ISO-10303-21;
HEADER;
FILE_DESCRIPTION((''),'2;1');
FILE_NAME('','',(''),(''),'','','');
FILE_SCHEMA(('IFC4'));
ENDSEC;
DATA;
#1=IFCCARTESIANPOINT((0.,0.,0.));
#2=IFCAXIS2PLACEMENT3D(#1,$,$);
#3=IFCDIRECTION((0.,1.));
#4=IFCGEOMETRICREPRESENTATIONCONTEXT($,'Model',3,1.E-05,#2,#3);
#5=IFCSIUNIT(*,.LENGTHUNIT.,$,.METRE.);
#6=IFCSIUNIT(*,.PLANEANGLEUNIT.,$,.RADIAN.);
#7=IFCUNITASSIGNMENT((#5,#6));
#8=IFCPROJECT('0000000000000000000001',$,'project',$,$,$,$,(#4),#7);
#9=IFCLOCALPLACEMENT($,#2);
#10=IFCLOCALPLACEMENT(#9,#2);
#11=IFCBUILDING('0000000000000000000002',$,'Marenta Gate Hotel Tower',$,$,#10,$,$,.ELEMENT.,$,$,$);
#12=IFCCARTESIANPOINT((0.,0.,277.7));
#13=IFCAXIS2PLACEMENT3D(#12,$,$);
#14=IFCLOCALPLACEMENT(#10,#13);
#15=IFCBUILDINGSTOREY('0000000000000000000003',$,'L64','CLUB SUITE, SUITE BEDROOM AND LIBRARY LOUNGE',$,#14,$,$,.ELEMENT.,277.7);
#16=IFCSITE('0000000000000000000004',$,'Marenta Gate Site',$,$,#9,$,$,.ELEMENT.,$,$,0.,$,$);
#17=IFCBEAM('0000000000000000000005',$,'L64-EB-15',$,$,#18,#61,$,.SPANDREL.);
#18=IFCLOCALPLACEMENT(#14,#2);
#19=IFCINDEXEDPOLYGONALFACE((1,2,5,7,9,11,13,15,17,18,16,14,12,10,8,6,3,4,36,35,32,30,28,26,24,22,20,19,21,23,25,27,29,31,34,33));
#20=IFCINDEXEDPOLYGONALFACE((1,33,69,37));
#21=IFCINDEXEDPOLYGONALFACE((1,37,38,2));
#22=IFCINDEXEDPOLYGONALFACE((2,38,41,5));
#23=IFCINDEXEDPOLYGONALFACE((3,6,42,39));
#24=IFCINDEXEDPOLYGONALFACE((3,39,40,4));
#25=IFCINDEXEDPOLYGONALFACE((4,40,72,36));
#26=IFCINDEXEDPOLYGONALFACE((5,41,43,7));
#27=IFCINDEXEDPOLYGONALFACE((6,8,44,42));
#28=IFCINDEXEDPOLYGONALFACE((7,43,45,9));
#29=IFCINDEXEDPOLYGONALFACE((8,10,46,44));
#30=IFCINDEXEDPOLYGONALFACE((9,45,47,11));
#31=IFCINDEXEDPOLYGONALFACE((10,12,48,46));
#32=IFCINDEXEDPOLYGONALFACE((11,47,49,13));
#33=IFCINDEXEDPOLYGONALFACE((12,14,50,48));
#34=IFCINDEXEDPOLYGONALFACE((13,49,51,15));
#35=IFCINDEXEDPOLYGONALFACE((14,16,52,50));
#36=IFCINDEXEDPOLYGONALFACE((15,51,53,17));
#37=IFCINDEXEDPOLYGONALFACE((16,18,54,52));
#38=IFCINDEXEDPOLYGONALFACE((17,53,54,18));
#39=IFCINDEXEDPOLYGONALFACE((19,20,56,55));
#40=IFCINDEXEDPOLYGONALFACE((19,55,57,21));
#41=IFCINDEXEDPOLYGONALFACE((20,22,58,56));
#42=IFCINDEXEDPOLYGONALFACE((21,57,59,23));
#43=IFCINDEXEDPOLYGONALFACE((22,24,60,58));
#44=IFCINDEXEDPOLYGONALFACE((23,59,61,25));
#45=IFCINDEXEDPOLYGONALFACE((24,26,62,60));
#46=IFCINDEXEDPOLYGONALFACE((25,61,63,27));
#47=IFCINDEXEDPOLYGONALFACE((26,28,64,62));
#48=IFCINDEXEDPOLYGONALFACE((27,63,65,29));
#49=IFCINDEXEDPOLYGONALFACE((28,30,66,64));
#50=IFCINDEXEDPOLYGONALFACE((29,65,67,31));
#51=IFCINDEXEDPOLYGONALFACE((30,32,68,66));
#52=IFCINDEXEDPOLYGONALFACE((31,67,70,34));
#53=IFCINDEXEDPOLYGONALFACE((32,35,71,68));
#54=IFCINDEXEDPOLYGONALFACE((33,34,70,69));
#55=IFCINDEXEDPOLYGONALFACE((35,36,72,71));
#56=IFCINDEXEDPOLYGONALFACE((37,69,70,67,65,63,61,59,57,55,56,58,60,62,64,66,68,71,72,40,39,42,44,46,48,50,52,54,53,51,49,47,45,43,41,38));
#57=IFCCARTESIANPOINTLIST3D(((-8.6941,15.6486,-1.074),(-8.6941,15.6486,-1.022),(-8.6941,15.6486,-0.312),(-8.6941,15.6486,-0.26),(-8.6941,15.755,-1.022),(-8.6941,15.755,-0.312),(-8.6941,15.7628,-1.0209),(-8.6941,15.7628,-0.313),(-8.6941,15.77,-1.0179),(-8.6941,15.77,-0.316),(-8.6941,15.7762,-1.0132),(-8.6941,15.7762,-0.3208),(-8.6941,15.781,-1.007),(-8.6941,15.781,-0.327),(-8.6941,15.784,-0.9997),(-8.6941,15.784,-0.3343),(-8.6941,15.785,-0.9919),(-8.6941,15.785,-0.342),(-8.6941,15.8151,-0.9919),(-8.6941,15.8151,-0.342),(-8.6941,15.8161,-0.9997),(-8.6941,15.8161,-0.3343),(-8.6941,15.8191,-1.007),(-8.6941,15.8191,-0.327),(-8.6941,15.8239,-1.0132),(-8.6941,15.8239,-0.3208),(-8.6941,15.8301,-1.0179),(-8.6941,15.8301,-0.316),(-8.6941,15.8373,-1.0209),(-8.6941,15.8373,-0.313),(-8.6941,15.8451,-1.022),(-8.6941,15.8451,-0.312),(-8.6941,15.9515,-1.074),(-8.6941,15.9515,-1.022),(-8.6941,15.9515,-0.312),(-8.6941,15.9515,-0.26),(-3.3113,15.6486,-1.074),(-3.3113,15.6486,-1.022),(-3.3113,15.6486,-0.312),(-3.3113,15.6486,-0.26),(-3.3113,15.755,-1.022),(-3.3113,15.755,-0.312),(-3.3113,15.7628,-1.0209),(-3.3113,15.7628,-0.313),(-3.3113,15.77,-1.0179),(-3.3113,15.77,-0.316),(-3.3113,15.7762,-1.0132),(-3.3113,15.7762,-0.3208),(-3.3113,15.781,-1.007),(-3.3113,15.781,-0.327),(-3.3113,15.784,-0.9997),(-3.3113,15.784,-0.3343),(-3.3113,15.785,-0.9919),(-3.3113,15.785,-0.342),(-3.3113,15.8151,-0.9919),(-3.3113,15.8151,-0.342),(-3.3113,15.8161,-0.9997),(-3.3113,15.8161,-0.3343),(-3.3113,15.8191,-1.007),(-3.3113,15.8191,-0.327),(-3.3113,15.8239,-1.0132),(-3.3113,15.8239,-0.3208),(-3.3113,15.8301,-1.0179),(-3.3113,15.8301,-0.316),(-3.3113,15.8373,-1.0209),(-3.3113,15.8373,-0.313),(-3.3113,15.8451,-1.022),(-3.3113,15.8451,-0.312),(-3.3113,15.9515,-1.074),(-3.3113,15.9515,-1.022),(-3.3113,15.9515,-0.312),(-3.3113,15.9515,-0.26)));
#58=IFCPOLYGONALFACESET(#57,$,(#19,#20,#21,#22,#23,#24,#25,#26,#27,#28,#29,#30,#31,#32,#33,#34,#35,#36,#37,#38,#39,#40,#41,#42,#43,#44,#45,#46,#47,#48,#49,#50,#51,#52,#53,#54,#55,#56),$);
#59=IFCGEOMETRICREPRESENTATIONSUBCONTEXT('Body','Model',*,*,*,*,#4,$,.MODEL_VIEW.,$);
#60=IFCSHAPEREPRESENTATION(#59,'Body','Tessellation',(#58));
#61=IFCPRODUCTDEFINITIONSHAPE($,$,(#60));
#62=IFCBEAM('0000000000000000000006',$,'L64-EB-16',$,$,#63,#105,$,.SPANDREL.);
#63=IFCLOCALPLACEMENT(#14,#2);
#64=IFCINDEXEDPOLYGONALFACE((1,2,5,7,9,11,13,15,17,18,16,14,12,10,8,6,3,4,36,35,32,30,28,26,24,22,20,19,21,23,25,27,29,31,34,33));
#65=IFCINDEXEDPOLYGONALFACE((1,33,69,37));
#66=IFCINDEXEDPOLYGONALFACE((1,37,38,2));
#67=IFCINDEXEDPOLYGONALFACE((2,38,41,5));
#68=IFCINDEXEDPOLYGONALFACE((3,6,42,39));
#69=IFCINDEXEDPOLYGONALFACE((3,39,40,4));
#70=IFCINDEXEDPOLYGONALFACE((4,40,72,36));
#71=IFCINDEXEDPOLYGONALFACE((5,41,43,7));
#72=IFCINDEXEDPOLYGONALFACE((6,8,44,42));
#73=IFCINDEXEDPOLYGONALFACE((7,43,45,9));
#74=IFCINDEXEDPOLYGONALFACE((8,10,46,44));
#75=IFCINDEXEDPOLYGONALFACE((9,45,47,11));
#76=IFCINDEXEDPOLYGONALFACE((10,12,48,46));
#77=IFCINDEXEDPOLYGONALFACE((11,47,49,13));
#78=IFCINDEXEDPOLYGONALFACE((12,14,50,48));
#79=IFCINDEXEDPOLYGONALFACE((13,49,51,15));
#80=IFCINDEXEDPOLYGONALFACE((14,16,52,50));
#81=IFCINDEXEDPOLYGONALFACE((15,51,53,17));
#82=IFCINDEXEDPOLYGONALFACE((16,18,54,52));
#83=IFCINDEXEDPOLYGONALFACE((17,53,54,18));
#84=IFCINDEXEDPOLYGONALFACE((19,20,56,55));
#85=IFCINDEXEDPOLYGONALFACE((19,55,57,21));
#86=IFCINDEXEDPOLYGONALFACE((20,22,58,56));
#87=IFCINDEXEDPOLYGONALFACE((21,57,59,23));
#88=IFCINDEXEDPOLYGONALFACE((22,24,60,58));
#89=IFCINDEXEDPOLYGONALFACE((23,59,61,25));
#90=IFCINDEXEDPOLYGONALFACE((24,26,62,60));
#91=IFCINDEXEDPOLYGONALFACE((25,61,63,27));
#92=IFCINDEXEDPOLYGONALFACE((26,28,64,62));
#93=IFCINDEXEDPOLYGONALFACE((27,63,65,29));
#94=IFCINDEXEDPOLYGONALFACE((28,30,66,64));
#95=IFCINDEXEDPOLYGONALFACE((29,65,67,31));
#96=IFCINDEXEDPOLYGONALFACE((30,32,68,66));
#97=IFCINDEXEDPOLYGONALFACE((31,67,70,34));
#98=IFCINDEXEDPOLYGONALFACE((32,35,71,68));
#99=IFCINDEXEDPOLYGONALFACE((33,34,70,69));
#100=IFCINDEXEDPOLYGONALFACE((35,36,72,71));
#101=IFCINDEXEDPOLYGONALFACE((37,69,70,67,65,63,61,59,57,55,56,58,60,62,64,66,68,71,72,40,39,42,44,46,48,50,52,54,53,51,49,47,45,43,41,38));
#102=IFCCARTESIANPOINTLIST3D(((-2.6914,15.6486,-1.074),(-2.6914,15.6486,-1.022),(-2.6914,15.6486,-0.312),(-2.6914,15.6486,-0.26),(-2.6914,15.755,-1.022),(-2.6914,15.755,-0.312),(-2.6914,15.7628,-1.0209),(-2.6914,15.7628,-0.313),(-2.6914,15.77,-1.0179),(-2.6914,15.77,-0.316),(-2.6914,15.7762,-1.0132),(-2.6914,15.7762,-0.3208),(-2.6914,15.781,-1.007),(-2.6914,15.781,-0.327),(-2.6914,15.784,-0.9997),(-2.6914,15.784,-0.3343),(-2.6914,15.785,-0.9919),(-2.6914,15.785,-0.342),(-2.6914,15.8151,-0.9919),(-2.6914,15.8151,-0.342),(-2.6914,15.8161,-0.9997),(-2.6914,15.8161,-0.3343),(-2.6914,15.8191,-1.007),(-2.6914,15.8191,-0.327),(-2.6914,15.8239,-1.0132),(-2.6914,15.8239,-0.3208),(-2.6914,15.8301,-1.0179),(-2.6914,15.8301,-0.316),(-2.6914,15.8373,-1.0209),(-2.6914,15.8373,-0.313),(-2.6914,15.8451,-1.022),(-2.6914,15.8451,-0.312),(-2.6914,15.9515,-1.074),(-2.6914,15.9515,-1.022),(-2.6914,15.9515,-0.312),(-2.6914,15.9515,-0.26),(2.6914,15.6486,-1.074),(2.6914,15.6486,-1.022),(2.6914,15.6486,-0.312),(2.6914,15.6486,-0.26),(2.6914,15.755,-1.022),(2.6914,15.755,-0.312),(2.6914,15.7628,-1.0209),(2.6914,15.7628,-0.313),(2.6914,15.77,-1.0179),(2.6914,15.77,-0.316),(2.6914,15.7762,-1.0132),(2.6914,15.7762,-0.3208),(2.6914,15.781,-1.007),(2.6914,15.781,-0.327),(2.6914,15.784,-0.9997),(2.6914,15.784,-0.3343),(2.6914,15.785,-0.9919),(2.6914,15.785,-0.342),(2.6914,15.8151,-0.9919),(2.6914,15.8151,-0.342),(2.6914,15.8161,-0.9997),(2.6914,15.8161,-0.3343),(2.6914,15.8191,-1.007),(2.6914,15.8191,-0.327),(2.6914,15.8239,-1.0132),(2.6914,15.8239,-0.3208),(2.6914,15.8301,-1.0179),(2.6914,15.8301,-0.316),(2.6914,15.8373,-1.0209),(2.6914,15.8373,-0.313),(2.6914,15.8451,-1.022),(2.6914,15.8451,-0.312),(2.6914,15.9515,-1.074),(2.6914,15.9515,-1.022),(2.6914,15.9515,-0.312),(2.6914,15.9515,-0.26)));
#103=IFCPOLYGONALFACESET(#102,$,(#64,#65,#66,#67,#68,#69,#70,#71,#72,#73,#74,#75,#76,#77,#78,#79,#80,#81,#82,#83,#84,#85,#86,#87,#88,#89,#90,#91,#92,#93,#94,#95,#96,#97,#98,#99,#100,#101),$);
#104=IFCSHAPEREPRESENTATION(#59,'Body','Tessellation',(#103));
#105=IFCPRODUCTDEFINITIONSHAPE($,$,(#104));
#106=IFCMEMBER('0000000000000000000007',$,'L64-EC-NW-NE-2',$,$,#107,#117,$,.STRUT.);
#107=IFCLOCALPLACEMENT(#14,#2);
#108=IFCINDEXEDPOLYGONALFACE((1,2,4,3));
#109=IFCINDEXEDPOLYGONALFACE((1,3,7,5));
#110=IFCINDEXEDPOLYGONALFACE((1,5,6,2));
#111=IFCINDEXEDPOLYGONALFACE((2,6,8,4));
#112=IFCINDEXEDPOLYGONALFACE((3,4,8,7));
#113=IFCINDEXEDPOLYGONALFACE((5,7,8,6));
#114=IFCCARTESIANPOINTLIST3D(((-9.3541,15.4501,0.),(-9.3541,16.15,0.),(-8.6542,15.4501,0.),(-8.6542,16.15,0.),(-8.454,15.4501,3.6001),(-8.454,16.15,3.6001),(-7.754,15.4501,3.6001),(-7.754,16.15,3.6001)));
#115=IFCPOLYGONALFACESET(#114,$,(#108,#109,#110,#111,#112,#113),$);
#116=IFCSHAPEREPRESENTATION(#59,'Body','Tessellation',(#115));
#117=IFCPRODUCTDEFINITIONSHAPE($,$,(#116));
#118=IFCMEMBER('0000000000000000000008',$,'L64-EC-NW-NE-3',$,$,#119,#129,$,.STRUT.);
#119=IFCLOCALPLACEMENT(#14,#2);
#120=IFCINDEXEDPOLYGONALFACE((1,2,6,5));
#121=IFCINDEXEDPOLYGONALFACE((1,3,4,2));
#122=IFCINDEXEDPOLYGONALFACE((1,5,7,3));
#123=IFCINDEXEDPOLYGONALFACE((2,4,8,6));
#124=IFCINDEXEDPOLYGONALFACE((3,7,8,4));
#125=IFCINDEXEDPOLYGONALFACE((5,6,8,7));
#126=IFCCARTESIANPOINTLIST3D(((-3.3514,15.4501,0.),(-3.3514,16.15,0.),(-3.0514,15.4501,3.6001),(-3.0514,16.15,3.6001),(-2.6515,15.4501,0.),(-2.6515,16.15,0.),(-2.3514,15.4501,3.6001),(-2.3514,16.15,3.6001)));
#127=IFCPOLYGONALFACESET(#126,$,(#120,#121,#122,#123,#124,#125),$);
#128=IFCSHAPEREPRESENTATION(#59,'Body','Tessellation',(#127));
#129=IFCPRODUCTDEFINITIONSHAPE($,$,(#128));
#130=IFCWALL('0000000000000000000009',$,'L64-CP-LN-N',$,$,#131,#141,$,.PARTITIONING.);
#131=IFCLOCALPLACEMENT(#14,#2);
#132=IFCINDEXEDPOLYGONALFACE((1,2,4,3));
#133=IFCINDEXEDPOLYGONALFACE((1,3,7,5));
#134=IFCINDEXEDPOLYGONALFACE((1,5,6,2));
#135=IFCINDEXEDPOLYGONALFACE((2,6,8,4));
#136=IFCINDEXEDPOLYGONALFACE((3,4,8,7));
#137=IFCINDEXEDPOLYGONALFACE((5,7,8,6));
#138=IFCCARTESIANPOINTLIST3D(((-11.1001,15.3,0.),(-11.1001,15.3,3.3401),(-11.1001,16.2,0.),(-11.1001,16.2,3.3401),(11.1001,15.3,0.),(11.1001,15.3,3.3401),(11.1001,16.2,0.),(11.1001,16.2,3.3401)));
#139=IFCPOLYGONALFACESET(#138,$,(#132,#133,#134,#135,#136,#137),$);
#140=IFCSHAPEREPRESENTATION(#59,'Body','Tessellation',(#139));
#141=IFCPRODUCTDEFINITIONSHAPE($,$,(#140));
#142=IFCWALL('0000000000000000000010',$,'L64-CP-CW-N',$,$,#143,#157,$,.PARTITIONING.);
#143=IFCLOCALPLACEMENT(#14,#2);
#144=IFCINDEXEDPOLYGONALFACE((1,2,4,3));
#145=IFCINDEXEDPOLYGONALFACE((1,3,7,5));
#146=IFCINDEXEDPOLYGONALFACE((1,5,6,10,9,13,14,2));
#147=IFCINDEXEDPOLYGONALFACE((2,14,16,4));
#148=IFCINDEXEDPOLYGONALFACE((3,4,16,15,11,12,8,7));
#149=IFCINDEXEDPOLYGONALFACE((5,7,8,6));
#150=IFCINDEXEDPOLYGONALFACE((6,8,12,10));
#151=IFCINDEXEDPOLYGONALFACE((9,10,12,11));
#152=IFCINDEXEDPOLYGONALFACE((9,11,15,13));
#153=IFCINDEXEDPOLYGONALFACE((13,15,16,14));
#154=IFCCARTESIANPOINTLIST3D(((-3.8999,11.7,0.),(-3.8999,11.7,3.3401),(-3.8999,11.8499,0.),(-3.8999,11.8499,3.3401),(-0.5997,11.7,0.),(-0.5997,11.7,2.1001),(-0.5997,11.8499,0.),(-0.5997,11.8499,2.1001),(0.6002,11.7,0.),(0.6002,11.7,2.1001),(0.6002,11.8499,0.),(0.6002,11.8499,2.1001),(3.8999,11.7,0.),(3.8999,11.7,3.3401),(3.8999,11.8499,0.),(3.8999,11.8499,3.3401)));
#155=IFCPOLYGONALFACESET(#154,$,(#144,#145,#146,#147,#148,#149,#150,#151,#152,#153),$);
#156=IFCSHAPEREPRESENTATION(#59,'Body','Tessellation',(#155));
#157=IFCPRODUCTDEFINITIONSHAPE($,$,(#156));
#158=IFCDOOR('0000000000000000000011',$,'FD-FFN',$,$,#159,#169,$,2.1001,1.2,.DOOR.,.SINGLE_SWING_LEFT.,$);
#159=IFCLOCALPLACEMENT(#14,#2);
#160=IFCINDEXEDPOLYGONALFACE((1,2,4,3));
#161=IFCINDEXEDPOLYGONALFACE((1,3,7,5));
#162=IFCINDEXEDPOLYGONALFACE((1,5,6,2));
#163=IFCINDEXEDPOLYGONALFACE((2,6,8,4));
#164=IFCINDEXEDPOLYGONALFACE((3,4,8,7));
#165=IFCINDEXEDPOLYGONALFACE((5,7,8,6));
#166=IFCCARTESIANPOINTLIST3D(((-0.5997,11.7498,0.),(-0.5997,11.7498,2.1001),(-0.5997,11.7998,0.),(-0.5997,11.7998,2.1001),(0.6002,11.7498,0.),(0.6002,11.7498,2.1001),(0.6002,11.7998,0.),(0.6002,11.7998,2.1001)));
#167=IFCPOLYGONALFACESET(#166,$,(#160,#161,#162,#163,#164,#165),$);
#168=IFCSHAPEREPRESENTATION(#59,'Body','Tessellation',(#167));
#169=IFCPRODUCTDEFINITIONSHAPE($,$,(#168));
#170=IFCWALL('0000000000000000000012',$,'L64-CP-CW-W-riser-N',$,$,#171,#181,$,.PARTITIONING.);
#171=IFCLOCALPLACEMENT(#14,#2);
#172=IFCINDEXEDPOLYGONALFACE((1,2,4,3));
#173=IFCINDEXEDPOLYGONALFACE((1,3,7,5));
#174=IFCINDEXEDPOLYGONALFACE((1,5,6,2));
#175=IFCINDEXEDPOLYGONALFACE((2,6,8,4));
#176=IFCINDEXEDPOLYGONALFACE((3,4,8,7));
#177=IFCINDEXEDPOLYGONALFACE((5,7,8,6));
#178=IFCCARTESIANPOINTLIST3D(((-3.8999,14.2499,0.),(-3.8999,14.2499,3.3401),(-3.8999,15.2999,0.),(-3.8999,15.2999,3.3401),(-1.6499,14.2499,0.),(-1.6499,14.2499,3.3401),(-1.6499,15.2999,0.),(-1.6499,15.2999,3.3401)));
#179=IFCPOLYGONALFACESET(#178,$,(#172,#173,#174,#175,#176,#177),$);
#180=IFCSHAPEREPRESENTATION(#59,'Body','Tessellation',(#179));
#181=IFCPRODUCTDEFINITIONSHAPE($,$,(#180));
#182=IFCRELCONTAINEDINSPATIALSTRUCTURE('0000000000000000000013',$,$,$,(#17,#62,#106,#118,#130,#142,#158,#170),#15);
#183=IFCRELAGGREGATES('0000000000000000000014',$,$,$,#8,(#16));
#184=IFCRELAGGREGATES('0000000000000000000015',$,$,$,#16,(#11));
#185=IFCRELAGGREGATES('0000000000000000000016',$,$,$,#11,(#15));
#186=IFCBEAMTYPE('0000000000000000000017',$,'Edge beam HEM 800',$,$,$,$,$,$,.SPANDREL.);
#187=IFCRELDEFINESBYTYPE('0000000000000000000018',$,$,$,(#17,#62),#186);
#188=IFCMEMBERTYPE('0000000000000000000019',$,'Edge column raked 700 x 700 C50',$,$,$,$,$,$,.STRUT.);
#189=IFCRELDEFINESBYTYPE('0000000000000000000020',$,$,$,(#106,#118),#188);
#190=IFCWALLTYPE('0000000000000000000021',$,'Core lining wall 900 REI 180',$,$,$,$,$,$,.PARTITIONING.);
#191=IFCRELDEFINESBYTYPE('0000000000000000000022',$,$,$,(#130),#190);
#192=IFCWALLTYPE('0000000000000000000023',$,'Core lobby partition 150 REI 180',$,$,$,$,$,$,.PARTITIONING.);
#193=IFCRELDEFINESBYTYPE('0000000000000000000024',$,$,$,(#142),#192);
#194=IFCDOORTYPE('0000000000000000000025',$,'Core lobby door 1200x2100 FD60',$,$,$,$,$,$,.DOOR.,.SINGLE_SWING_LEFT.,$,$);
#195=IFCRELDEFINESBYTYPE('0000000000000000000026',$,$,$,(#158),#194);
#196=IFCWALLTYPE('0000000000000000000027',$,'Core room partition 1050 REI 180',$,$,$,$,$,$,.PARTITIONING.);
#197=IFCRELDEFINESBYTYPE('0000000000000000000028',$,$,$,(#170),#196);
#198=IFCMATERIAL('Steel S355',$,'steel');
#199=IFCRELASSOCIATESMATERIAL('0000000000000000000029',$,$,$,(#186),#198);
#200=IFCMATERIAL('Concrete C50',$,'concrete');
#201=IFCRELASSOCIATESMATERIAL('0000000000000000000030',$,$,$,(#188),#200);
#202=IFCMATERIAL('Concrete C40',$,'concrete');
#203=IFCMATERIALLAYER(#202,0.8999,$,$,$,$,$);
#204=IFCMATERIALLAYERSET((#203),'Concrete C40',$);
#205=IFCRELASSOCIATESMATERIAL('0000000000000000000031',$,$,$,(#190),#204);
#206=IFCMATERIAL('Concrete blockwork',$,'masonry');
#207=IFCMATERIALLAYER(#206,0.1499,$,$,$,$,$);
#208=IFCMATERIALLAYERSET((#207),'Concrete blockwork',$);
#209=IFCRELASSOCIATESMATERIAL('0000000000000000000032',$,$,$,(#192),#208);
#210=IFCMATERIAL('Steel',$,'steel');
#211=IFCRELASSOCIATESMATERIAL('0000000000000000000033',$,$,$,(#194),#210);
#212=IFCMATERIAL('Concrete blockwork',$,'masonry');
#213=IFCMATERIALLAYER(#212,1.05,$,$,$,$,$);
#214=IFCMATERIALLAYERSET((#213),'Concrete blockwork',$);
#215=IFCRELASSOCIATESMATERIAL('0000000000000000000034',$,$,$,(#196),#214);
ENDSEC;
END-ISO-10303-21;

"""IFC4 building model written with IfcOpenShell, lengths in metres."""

from ifc_helpers import new_model, si_unit, direction, frame, frame_2d, origin, origin_2d, place, context, subcontext, project, spatial, rectangle, i_section, extrude, material, layer, layer_set, material_profile, profile_set, type_object, element, fill, save


model = new_model("IFC4")

# Units and contexts
model_context = context("Model", 3, precision=1e-05, world=origin(), true_north=direction((0.0, 1.0)))
body_context = subcontext(model_context, "Body", "Model", "MODEL_VIEW")
ifc_project = project(units=[si_unit("LENGTHUNIT", "METRE"), si_unit("PLANEANGLEUNIT", "RADIAN")], contexts=[model_context])

# Site, building, storey
site_placement = place(None, origin())
site = spatial("IfcSite", under=ifc_project, at=site_placement, Name="Marenta Gate Site", CompositionType="ELEMENT", RefElevation=0.0)
building_placement = place(site_placement, origin())
building = spatial("IfcBuilding", under=site, at=building_placement, Name="Marenta Gate Hotel Tower", CompositionType="ELEMENT")
storey_placement = place(building_placement, frame((0.0, 0.0, 277.7)))
storey = spatial("IfcBuildingStorey", under=building, at=storey_placement, Name="L64", Description="CLUB SUITE, SUITE BEDROOM AND LIBRARY LOUNGE", CompositionType="ELEMENT", Elevation=277.7)

# Beams
ifc_material_1 = material(Name="Steel S355", Category="steel")
ifc_material_profile_1 = material_profile(ifc_material_1, i_section(OverallWidth=0.303, OverallDepth=0.814, WebThickness=0.03, FlangeThickness=0.052, FilletRadius=0.03, at=origin_2d()), Name="HEM 800")
ifc_profile_set_1 = profile_set([ifc_material_profile_1], Name="Steel S355")
beam_type = type_object("IfcBeamType", Name="Edge beam HEM 800", PredefinedType="SPANDREL", material=ifc_profile_set_1)
for number, where, z_axis, x_axis, name in (
    (1, (-8.6941, 15.8, -0.667), (1.0, 0.0, 0.0), (0.0, 1.0, 0.0), "L64-EB-15"),
    (2, (-2.6914, 15.8, -0.667), (1.0, 0.0, 0.0), (0.0, 1.0, 0.0), "L64-EB-16"),
):
    element("IfcBeam", number, at=place(storey_placement, frame(where, z_axis=z_axis, x_axis=x_axis)), inside=storey, type_object=beam_type, Name=name, PredefinedType="SPANDREL", context=body_context, shape_type="SweptSolid", body=[
        extrude(i_section(OverallWidth=0.303, OverallDepth=0.814, WebThickness=0.03, FlangeThickness=0.052, FilletRadius=0.03, at=origin_2d()), origin(), (0.0, 0.0, 1.0), 5.3828),
    ])

# Members
ifc_material_2 = material(Name="Concrete C50", Category="concrete")
ifc_material_profile_2 = material_profile(ifc_material_2, rectangle(XDim=0.7, YDim=0.7, at=origin_2d()), Name="700 x 700")
ifc_profile_set_2 = profile_set([ifc_material_profile_2], Name="Concrete C50")
member_type = type_object("IfcMemberType", Name="Edge column raked 700 x 700 C50", PredefinedType="STRUT", material=ifc_profile_set_2)
member_1_placement = place(storey_placement, frame((-9.0042, 15.8, 0.0), z_axis=(0.0, 0.0, 1.0), x_axis=(1.0, 0.0, 0.0)))
element("IfcMember", 3, at=member_1_placement, inside=storey, type_object=member_type, Name="L64-EC-NW-NE-2", PredefinedType="STRUT", context=body_context, shape_type="SweptSolid", body=[
    extrude(rectangle(XDim=0.7, YDim=0.7, at=origin_2d()), origin(), (0.242567, 0.0, 0.970135), 3.7109),
])
member_2_placement = place(storey_placement, frame((-3.0015, 15.8, 0.0), z_axis=(0.0, 0.0, 1.0), x_axis=(1.0, 0.0, 0.0)))
element("IfcMember", 4, at=member_2_placement, inside=storey, type_object=member_type, Name="L64-EC-NW-NE-3", PredefinedType="STRUT", context=body_context, shape_type="SweptSolid", body=[
    extrude(rectangle(XDim=0.7, YDim=0.7, at=origin_2d()), origin(), (0.083057, 0.0, 0.996545), 3.6125),
])

# Wall
ifc_material_3 = material(Name="Concrete C40", Category="concrete")
ifc_layer_1 = layer(ifc_material_3, 0.8999)
ifc_layer_set_1 = layer_set([ifc_layer_1], Name="Concrete C40")
wall_type_1 = type_object("IfcWallType", Name="Core lining wall 900 REI 180", PredefinedType="PARTITIONING", material=ifc_layer_set_1)
wall_1_placement = place(storey_placement, frame((-11.1001, 15.75, 0.0), z_axis=(0.0, 0.0, 1.0), x_axis=(1.0, 0.0, 0.0)))
element("IfcWall", 5, at=wall_1_placement, inside=storey, type_object=wall_type_1, Name="L64-CP-LN-N", PredefinedType="PARTITIONING", context=body_context, shape_type="SweptSolid", body=[
    extrude(rectangle(XDim=22.2002, YDim=0.8999, at=frame_2d((11.1001, 0.0))), origin(), (0.0, 0.0, 1.0), 3.3401),
])

# Wall, opening, door
ifc_material_4 = material(Name="Concrete blockwork", Category="masonry")
ifc_layer_2 = layer(ifc_material_4, 0.1499)
ifc_layer_set_2 = layer_set([ifc_layer_2], Name="Concrete blockwork")
wall_type_2 = type_object("IfcWallType", Name="Core lobby partition 150 REI 180", PredefinedType="PARTITIONING", material=ifc_layer_set_2)
wall_2_placement = place(storey_placement, frame((-3.8999, 11.7749, 0.0), z_axis=(0.0, 0.0, 1.0), x_axis=(1.0, 0.0, 0.0)))
wall_2 = element("IfcWall", 6, at=wall_2_placement, inside=storey, type_object=wall_type_2, Name="L64-CP-CW-N", PredefinedType="PARTITIONING", context=body_context, shape_type="SweptSolid", body=[
    extrude(rectangle(XDim=7.7998, YDim=0.1499, at=frame_2d((3.8999, 0.0))), origin(), (0.0, 0.0, 1.0), 3.3401),
])
opening_1_placement = place(wall_2_placement, frame((3.3, 0.0, 0.0)))
opening_1 = element("IfcOpeningElement", 7, at=opening_1_placement, cuts=wall_2, PredefinedType="OPENING", context=body_context, shape_type="SweptSolid", body=[
    extrude(rectangle(XDim=1.2, YDim=2.1001, at=frame_2d((0.6001, 1.05))), frame((0.0, 0.075, 0.0), z_axis=(0.0, -1.0, 0.0), x_axis=(1.0, 0.0, 0.0)), (0.0, 0.0, 1.0), 0.1499),
])
ifc_material_5 = material(Name="Steel", Category="steel")
door_type_1 = type_object("IfcDoorType", Name="Core lobby door 1200x2100 FD60", OperationType="SINGLE_SWING_LEFT", PredefinedType="DOOR", material=ifc_material_5)
door_1_placement = place(opening_1_placement, origin())
door_1 = element("IfcDoor", 8, at=door_1_placement, inside=storey, type_object=door_type_1, Name="FD-FFN", OperationType="SINGLE_SWING_LEFT", OverallHeight=2.1001, OverallWidth=1.2, PredefinedType="DOOR", context=body_context, shape_type="SweptSolid", body=[
    extrude(rectangle(XDim=1.2, YDim=2.1001, at=frame_2d((0.6001, 1.05))), frame((0.0, 0.0249, 0.0), z_axis=(0.0, -1.0, 0.0), x_axis=(1.0, 0.0, 0.0)), (0.0, 0.0, 1.0), 0.05),
])
fill(opening_1, door_1)

# Wall
ifc_material_6 = material(Name="Concrete blockwork", Category="masonry")
ifc_layer_3 = layer(ifc_material_6, 1.05)
ifc_layer_set_3 = layer_set([ifc_layer_3], Name="Concrete blockwork")
wall_type_3 = type_object("IfcWallType", Name="Core room partition 1050 REI 180", PredefinedType="PARTITIONING", material=ifc_layer_set_3)
wall_3_placement = place(storey_placement, frame((-3.8999, 14.7749, 0.0), z_axis=(0.0, 0.0, 1.0), x_axis=(1.0, 0.0, 0.0)))
element("IfcWall", 9, at=wall_3_placement, inside=storey, type_object=wall_type_3, Name="L64-CP-CW-W-riser-N", PredefinedType="PARTITIONING", context=body_context, shape_type="SweptSolid", body=[
    extrude(rectangle(XDim=2.25, YDim=1.05, at=frame_2d((1.125, 0.0))), origin(), (0.0, 0.0, 1.0), 3.3401),
])

save(model, "model.ifc")
